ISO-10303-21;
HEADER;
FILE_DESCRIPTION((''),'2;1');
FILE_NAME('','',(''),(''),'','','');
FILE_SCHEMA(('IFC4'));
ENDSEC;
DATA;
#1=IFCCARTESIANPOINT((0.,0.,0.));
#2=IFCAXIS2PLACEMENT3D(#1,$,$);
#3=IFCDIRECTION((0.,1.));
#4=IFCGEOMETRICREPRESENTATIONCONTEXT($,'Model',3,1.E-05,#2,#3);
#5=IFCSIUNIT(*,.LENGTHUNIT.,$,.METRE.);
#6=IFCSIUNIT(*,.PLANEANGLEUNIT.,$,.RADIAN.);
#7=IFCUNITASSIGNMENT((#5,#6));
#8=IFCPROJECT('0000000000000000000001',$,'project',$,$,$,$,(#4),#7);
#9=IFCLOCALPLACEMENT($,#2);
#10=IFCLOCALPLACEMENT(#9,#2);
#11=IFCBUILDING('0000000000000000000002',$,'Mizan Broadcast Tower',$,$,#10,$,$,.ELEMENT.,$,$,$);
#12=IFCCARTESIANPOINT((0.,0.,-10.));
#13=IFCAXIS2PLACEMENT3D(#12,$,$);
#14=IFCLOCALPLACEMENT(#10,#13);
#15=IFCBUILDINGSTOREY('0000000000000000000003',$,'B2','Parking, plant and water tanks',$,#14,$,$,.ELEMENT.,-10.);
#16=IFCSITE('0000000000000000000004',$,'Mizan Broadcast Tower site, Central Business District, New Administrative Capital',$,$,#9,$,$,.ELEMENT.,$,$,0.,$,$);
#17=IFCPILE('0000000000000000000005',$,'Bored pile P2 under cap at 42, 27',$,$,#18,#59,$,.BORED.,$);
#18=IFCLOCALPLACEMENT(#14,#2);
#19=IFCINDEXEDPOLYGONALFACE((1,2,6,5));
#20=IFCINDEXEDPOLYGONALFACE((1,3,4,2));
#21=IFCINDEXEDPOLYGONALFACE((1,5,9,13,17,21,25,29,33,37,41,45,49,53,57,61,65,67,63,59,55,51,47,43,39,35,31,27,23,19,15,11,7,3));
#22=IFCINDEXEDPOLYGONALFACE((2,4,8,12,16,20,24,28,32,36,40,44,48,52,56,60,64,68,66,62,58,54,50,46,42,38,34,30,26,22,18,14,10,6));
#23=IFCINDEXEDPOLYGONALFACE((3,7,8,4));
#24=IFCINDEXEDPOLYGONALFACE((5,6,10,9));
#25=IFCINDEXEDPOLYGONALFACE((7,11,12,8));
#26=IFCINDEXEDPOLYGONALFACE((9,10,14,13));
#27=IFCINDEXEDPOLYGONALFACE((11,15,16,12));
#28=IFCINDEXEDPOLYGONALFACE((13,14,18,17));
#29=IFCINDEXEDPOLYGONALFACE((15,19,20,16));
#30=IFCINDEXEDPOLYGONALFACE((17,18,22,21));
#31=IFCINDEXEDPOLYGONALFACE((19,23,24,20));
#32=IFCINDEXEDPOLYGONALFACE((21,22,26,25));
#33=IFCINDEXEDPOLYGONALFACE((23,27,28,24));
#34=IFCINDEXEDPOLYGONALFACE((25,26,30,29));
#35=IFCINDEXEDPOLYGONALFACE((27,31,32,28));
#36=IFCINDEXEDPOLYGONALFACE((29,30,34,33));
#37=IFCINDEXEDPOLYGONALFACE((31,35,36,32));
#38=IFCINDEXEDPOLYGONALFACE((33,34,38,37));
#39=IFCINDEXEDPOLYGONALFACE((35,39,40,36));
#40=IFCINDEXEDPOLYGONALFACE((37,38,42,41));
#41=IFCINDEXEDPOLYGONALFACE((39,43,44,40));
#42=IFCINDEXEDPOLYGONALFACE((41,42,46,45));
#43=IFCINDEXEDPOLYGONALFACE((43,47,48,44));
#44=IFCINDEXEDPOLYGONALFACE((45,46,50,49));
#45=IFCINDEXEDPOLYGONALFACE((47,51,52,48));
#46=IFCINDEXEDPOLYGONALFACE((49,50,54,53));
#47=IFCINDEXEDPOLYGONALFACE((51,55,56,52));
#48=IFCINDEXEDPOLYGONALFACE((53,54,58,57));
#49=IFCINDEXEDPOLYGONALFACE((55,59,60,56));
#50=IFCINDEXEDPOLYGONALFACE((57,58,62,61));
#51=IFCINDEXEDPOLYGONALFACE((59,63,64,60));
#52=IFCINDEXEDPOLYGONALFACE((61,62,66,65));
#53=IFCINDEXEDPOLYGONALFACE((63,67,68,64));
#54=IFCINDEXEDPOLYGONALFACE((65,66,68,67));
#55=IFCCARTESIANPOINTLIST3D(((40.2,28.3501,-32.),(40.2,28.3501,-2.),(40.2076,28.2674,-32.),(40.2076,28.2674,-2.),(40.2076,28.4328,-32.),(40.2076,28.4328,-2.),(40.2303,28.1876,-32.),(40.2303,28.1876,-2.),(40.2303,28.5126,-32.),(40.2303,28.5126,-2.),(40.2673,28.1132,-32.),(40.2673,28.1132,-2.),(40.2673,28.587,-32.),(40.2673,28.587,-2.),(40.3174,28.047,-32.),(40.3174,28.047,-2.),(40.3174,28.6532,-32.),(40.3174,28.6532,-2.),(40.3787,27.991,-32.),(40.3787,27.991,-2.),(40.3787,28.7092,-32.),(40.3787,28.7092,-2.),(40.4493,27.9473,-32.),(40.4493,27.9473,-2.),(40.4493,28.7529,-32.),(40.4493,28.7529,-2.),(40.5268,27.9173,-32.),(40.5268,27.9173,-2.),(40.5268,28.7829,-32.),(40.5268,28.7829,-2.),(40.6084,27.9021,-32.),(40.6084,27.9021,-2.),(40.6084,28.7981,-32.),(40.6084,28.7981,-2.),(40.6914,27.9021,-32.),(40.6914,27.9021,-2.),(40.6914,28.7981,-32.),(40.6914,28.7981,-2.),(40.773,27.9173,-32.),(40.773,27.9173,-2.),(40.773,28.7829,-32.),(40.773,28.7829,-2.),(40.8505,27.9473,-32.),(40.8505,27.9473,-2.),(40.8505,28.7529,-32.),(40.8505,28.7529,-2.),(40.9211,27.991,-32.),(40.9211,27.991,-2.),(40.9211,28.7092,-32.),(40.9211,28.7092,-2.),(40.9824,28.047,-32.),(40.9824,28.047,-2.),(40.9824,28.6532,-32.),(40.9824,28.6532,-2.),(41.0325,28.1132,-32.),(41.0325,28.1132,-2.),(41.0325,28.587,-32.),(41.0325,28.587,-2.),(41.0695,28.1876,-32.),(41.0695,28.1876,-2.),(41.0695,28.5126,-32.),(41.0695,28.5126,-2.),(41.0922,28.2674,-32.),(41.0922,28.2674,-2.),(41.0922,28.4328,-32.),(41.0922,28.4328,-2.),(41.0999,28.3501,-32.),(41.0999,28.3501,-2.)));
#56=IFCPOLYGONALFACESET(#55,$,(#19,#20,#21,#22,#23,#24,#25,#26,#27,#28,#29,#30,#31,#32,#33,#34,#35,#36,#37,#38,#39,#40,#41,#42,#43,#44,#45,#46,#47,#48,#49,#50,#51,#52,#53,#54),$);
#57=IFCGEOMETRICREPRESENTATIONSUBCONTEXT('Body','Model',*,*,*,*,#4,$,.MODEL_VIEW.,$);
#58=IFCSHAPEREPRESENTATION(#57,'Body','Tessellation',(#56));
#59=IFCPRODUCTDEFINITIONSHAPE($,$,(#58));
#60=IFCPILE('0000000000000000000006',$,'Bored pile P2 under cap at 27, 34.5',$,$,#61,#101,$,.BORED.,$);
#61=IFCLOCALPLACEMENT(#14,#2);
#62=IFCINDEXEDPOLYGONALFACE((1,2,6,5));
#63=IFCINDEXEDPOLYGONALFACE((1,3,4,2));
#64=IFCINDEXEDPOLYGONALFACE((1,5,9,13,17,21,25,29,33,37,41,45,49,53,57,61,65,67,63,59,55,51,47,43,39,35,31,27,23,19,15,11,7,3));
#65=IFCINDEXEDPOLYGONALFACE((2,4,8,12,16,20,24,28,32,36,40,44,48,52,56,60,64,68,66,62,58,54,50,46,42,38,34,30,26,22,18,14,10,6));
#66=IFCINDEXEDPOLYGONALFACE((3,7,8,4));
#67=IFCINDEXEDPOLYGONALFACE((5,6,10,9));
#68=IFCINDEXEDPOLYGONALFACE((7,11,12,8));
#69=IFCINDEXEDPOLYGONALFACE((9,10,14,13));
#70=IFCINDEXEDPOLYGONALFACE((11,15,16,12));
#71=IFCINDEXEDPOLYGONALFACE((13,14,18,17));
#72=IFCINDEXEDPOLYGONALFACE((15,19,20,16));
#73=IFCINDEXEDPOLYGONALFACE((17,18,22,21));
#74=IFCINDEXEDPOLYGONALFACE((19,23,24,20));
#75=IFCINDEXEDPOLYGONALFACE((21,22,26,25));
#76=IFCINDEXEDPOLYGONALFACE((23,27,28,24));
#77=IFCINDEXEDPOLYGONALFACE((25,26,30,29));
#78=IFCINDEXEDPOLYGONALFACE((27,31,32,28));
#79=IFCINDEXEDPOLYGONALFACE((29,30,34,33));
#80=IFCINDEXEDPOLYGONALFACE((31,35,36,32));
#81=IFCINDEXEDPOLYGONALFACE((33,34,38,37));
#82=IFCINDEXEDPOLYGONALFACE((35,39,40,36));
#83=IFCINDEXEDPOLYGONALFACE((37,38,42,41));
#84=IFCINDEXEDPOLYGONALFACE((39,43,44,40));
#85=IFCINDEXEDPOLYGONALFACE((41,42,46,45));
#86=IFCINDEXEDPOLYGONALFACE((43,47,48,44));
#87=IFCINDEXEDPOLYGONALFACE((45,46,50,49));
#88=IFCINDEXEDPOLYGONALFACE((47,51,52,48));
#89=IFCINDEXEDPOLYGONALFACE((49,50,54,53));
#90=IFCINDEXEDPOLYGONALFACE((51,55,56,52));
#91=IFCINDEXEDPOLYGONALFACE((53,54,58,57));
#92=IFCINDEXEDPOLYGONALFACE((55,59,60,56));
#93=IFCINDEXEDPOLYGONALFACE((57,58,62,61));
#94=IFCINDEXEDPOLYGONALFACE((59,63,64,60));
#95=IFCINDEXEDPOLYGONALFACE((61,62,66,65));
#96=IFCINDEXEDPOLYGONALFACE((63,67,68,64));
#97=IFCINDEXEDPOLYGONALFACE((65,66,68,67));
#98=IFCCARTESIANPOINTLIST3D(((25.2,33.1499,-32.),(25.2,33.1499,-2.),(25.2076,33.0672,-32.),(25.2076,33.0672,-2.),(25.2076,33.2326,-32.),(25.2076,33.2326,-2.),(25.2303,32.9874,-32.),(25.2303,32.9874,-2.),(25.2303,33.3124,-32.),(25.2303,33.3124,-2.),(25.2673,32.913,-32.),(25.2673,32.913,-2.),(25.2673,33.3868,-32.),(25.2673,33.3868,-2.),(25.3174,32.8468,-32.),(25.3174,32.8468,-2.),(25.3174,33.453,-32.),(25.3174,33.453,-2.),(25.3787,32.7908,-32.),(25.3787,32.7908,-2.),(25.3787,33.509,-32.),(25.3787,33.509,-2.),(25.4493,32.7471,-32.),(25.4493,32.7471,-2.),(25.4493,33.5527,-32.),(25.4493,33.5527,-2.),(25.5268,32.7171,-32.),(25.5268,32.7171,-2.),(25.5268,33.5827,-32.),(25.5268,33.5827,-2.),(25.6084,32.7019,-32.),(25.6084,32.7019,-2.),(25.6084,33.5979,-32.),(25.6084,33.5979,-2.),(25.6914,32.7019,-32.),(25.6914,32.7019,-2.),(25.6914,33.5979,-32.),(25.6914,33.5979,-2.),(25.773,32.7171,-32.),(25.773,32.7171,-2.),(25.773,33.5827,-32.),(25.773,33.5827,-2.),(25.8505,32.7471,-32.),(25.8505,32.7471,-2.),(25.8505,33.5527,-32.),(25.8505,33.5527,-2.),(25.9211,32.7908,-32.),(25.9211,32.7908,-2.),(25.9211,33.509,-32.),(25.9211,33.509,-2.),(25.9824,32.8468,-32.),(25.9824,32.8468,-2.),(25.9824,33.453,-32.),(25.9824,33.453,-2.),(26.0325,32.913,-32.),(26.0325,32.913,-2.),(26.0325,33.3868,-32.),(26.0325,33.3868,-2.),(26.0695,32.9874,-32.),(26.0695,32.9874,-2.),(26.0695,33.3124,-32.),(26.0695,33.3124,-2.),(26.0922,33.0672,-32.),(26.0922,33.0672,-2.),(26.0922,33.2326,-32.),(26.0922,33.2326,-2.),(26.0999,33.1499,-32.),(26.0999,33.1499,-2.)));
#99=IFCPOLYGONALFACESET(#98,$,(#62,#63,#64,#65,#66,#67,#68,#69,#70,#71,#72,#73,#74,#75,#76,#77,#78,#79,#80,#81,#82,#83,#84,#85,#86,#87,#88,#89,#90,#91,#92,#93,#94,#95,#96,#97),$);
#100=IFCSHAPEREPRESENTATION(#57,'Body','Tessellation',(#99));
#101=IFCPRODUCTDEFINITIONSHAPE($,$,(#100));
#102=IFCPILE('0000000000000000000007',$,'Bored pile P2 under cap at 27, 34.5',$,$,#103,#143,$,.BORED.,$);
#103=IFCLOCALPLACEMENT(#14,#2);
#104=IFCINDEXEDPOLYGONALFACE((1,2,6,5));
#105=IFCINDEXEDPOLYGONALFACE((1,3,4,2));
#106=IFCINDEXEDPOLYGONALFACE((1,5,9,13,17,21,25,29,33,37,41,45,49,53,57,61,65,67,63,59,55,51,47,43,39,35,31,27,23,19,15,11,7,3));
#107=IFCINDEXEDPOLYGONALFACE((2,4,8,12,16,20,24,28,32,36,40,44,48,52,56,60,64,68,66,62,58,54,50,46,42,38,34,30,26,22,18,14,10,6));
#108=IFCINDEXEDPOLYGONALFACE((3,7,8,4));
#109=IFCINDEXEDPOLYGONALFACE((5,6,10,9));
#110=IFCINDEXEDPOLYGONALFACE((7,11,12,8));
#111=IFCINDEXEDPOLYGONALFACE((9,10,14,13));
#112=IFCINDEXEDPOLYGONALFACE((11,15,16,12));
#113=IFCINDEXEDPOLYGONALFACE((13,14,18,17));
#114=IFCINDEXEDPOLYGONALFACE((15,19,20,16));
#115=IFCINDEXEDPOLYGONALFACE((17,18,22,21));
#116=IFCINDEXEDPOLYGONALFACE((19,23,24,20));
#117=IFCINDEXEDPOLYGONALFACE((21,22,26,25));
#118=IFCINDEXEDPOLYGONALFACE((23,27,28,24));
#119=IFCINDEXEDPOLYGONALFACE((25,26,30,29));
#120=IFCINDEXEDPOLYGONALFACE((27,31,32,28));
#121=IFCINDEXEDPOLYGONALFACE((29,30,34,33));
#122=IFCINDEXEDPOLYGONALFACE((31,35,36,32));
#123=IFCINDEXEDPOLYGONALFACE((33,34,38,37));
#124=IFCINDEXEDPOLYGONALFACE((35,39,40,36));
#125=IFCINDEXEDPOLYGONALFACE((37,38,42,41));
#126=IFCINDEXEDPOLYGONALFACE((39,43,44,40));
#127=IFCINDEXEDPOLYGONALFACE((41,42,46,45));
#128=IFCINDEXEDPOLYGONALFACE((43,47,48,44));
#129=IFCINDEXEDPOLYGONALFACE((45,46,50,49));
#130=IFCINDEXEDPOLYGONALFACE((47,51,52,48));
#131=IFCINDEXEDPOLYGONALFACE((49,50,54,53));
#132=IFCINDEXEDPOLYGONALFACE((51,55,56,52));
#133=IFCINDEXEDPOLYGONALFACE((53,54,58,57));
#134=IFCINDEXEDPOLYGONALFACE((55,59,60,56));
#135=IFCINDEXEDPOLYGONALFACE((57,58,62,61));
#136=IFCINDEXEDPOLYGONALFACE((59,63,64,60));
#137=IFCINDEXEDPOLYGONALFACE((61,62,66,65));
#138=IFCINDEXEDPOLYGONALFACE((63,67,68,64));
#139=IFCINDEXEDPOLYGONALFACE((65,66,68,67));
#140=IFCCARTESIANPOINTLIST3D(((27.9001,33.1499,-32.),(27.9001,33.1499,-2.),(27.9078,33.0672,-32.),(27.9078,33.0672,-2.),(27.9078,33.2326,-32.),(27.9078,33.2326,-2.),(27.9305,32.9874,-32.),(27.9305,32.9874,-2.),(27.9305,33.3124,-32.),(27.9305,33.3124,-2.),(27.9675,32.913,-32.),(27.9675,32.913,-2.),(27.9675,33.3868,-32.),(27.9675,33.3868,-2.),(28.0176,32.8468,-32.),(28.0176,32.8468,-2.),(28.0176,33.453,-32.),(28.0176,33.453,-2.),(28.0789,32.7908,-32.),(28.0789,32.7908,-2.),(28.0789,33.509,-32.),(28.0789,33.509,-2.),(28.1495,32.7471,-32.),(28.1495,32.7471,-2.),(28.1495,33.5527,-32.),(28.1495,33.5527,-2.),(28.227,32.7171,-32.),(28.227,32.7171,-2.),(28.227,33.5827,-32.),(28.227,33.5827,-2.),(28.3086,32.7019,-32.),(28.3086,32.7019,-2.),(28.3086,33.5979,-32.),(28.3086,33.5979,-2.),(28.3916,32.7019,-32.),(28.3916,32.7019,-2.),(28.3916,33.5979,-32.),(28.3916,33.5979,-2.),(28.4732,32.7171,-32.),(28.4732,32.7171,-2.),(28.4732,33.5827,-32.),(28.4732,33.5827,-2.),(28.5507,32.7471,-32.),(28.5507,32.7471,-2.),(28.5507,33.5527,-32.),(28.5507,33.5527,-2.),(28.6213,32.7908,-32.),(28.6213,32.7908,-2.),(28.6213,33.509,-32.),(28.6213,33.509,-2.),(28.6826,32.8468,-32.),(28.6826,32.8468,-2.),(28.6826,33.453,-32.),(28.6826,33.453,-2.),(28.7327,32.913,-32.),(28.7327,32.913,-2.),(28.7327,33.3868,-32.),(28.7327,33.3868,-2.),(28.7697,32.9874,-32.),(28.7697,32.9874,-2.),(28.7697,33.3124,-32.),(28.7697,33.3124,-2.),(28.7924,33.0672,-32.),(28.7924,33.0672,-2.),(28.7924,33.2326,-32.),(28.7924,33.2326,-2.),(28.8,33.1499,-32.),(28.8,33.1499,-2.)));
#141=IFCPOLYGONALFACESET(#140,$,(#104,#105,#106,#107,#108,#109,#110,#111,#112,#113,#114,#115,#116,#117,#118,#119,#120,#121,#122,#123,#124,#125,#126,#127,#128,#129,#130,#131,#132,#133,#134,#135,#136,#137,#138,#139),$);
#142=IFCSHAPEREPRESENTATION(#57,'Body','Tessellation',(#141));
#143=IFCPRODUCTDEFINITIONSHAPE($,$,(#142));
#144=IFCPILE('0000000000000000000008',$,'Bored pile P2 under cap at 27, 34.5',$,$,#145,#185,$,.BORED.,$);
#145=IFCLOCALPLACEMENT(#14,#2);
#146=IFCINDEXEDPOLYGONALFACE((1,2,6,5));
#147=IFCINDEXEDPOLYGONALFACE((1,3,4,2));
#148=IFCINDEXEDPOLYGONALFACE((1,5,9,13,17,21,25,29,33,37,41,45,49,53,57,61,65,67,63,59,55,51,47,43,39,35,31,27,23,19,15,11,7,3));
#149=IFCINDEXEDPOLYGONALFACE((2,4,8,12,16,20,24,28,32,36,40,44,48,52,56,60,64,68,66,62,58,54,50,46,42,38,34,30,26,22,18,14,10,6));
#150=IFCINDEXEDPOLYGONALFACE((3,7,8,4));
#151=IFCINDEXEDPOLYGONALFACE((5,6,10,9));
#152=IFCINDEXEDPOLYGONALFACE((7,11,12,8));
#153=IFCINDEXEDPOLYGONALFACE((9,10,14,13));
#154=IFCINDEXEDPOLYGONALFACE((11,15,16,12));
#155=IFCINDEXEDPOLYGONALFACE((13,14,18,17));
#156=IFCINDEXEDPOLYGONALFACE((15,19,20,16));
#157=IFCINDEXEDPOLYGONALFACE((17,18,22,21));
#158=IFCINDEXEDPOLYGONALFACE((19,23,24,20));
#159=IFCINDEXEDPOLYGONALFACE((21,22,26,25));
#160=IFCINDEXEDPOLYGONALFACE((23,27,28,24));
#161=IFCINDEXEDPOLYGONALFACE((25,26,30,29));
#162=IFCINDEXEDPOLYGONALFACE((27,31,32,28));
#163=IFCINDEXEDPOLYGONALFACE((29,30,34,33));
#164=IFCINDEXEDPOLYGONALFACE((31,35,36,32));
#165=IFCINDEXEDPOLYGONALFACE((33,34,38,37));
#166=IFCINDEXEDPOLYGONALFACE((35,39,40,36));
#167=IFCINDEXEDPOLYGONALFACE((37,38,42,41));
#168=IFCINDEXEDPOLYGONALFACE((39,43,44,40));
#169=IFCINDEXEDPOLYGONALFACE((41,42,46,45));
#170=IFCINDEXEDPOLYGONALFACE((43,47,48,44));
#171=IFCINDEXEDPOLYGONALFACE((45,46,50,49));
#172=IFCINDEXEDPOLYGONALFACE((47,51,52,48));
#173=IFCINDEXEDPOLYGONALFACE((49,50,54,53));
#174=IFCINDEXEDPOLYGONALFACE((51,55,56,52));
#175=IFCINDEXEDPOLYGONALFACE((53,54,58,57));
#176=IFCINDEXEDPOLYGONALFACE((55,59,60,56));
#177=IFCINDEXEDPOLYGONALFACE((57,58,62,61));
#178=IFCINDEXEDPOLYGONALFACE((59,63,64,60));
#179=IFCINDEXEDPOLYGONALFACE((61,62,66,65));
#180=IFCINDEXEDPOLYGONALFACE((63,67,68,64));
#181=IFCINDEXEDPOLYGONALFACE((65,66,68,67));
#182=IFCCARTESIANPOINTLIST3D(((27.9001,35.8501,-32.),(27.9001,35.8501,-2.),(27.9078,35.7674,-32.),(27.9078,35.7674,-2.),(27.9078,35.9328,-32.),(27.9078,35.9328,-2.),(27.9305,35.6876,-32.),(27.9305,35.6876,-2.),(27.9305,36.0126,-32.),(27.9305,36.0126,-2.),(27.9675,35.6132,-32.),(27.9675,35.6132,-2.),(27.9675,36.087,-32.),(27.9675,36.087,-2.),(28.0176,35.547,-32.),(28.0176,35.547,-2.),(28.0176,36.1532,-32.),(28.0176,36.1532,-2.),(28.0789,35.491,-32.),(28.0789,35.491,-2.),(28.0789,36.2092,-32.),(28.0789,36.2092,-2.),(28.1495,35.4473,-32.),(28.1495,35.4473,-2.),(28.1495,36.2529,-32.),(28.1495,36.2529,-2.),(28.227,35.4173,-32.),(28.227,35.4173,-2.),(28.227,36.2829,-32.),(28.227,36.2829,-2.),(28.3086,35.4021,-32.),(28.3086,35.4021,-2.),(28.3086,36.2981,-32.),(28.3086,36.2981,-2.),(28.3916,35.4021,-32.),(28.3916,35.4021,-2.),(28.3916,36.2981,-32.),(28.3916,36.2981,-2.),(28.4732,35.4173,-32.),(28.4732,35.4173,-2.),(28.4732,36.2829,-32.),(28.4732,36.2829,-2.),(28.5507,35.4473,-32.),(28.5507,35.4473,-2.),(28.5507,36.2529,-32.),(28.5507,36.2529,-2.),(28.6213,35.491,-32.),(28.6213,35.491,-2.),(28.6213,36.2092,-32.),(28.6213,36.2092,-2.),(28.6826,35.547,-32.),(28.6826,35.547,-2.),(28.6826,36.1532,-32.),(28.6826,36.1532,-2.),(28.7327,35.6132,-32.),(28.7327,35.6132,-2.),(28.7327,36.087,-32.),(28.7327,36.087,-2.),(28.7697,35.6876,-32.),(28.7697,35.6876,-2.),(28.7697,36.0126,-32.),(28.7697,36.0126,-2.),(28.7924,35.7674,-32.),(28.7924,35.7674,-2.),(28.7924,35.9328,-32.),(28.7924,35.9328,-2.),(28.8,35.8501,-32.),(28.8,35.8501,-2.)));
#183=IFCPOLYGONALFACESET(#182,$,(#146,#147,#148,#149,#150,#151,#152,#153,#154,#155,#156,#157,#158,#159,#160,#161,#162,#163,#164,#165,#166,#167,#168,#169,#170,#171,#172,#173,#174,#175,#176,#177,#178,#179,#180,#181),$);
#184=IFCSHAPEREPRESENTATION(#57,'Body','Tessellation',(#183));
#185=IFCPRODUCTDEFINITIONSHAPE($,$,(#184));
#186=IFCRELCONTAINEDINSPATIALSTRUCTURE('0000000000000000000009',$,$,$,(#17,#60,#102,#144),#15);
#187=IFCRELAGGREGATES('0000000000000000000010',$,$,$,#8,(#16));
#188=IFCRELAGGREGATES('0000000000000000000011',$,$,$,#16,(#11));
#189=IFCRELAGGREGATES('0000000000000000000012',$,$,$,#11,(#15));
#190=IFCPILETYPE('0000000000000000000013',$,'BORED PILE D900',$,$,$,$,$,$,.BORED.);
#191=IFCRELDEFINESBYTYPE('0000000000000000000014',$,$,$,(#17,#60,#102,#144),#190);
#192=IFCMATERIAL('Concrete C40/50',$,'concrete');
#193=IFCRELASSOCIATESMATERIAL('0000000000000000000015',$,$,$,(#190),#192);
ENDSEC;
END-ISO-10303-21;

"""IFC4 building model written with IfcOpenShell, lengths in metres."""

from ifc_helpers import new_model, si_unit, direction, frame, origin, origin_2d, place, context, subcontext, project, spatial, circle, extrude, material, material_profile, profile_set, type_object, element, save


model = new_model("IFC4")

# Units and contexts
model_context = context("Model", 3, precision=1e-05, world=origin(), true_north=direction((0.0, 1.0)))
body_context = subcontext(model_context, "Body", "Model", "MODEL_VIEW")
ifc_project = project(units=[si_unit("LENGTHUNIT", "METRE"), si_unit("PLANEANGLEUNIT", "RADIAN")], contexts=[model_context])

# Site, building, storey
site_placement = place(None, origin())
site = spatial("IfcSite", under=ifc_project, at=site_placement, Name="Mizan Broadcast Tower site, Central Business District, New Administrative Capital", CompositionType="ELEMENT", RefElevation=0.0)
building_placement = place(site_placement, origin())
building = spatial("IfcBuilding", under=site, at=building_placement, Name="Mizan Broadcast Tower", CompositionType="ELEMENT")
storey_placement = place(building_placement, frame((0.0, 0.0, -10.0)))
storey = spatial("IfcBuildingStorey", under=building, at=storey_placement, Name="B2", Description="Parking, plant and water tanks", CompositionType="ELEMENT", Elevation=-10.0)

# Piles
ifc_material_1 = material(Name="Concrete C40/50", Category="concrete")
ifc_material_profile_1 = material_profile(ifc_material_1, circle(Radius=0.45, at=origin_2d()), Name="D900")
ifc_profile_set_1 = profile_set([ifc_material_profile_1], Name="Concrete C40/50")
pile_type = type_object("IfcPileType", Name="BORED PILE D900", PredefinedType="BORED", material=ifc_profile_set_1)
for number, where, z_axis, x_axis, name in (
    (1, (40.6499, 28.3501, -2.0), (0.0, 0.0, -1.0), (1.0, 0.0, 0.0), "Bored pile P2 under cap at 42, 27"),
    (2, (25.6499, 33.1499, -2.0), (0.0, 0.0, -1.0), (1.0, 0.0, 0.0), "Bored pile P2 under cap at 27, 34.5"),
    (3, (28.3501, 33.1499, -2.0), (0.0, 0.0, -1.0), (1.0, 0.0, 0.0), "Bored pile P2 under cap at 27, 34.5"),
    (4, (28.3501, 35.8501, -2.0), (0.0, 0.0, -1.0), (1.0, 0.0, 0.0), "Bored pile P2 under cap at 27, 34.5"),
):
    element("IfcPile", number, at=place(storey_placement, frame(where, z_axis=z_axis, x_axis=x_axis)), inside=storey, type_object=pile_type, Name=name, PredefinedType="BORED", context=body_context, shape_type="SweptSolid", body=[
        extrude(circle(Radius=0.45, at=origin_2d()), origin(), (0.0, 0.0, 1.0), 30.0),
    ])

save(model, "model.ifc")
